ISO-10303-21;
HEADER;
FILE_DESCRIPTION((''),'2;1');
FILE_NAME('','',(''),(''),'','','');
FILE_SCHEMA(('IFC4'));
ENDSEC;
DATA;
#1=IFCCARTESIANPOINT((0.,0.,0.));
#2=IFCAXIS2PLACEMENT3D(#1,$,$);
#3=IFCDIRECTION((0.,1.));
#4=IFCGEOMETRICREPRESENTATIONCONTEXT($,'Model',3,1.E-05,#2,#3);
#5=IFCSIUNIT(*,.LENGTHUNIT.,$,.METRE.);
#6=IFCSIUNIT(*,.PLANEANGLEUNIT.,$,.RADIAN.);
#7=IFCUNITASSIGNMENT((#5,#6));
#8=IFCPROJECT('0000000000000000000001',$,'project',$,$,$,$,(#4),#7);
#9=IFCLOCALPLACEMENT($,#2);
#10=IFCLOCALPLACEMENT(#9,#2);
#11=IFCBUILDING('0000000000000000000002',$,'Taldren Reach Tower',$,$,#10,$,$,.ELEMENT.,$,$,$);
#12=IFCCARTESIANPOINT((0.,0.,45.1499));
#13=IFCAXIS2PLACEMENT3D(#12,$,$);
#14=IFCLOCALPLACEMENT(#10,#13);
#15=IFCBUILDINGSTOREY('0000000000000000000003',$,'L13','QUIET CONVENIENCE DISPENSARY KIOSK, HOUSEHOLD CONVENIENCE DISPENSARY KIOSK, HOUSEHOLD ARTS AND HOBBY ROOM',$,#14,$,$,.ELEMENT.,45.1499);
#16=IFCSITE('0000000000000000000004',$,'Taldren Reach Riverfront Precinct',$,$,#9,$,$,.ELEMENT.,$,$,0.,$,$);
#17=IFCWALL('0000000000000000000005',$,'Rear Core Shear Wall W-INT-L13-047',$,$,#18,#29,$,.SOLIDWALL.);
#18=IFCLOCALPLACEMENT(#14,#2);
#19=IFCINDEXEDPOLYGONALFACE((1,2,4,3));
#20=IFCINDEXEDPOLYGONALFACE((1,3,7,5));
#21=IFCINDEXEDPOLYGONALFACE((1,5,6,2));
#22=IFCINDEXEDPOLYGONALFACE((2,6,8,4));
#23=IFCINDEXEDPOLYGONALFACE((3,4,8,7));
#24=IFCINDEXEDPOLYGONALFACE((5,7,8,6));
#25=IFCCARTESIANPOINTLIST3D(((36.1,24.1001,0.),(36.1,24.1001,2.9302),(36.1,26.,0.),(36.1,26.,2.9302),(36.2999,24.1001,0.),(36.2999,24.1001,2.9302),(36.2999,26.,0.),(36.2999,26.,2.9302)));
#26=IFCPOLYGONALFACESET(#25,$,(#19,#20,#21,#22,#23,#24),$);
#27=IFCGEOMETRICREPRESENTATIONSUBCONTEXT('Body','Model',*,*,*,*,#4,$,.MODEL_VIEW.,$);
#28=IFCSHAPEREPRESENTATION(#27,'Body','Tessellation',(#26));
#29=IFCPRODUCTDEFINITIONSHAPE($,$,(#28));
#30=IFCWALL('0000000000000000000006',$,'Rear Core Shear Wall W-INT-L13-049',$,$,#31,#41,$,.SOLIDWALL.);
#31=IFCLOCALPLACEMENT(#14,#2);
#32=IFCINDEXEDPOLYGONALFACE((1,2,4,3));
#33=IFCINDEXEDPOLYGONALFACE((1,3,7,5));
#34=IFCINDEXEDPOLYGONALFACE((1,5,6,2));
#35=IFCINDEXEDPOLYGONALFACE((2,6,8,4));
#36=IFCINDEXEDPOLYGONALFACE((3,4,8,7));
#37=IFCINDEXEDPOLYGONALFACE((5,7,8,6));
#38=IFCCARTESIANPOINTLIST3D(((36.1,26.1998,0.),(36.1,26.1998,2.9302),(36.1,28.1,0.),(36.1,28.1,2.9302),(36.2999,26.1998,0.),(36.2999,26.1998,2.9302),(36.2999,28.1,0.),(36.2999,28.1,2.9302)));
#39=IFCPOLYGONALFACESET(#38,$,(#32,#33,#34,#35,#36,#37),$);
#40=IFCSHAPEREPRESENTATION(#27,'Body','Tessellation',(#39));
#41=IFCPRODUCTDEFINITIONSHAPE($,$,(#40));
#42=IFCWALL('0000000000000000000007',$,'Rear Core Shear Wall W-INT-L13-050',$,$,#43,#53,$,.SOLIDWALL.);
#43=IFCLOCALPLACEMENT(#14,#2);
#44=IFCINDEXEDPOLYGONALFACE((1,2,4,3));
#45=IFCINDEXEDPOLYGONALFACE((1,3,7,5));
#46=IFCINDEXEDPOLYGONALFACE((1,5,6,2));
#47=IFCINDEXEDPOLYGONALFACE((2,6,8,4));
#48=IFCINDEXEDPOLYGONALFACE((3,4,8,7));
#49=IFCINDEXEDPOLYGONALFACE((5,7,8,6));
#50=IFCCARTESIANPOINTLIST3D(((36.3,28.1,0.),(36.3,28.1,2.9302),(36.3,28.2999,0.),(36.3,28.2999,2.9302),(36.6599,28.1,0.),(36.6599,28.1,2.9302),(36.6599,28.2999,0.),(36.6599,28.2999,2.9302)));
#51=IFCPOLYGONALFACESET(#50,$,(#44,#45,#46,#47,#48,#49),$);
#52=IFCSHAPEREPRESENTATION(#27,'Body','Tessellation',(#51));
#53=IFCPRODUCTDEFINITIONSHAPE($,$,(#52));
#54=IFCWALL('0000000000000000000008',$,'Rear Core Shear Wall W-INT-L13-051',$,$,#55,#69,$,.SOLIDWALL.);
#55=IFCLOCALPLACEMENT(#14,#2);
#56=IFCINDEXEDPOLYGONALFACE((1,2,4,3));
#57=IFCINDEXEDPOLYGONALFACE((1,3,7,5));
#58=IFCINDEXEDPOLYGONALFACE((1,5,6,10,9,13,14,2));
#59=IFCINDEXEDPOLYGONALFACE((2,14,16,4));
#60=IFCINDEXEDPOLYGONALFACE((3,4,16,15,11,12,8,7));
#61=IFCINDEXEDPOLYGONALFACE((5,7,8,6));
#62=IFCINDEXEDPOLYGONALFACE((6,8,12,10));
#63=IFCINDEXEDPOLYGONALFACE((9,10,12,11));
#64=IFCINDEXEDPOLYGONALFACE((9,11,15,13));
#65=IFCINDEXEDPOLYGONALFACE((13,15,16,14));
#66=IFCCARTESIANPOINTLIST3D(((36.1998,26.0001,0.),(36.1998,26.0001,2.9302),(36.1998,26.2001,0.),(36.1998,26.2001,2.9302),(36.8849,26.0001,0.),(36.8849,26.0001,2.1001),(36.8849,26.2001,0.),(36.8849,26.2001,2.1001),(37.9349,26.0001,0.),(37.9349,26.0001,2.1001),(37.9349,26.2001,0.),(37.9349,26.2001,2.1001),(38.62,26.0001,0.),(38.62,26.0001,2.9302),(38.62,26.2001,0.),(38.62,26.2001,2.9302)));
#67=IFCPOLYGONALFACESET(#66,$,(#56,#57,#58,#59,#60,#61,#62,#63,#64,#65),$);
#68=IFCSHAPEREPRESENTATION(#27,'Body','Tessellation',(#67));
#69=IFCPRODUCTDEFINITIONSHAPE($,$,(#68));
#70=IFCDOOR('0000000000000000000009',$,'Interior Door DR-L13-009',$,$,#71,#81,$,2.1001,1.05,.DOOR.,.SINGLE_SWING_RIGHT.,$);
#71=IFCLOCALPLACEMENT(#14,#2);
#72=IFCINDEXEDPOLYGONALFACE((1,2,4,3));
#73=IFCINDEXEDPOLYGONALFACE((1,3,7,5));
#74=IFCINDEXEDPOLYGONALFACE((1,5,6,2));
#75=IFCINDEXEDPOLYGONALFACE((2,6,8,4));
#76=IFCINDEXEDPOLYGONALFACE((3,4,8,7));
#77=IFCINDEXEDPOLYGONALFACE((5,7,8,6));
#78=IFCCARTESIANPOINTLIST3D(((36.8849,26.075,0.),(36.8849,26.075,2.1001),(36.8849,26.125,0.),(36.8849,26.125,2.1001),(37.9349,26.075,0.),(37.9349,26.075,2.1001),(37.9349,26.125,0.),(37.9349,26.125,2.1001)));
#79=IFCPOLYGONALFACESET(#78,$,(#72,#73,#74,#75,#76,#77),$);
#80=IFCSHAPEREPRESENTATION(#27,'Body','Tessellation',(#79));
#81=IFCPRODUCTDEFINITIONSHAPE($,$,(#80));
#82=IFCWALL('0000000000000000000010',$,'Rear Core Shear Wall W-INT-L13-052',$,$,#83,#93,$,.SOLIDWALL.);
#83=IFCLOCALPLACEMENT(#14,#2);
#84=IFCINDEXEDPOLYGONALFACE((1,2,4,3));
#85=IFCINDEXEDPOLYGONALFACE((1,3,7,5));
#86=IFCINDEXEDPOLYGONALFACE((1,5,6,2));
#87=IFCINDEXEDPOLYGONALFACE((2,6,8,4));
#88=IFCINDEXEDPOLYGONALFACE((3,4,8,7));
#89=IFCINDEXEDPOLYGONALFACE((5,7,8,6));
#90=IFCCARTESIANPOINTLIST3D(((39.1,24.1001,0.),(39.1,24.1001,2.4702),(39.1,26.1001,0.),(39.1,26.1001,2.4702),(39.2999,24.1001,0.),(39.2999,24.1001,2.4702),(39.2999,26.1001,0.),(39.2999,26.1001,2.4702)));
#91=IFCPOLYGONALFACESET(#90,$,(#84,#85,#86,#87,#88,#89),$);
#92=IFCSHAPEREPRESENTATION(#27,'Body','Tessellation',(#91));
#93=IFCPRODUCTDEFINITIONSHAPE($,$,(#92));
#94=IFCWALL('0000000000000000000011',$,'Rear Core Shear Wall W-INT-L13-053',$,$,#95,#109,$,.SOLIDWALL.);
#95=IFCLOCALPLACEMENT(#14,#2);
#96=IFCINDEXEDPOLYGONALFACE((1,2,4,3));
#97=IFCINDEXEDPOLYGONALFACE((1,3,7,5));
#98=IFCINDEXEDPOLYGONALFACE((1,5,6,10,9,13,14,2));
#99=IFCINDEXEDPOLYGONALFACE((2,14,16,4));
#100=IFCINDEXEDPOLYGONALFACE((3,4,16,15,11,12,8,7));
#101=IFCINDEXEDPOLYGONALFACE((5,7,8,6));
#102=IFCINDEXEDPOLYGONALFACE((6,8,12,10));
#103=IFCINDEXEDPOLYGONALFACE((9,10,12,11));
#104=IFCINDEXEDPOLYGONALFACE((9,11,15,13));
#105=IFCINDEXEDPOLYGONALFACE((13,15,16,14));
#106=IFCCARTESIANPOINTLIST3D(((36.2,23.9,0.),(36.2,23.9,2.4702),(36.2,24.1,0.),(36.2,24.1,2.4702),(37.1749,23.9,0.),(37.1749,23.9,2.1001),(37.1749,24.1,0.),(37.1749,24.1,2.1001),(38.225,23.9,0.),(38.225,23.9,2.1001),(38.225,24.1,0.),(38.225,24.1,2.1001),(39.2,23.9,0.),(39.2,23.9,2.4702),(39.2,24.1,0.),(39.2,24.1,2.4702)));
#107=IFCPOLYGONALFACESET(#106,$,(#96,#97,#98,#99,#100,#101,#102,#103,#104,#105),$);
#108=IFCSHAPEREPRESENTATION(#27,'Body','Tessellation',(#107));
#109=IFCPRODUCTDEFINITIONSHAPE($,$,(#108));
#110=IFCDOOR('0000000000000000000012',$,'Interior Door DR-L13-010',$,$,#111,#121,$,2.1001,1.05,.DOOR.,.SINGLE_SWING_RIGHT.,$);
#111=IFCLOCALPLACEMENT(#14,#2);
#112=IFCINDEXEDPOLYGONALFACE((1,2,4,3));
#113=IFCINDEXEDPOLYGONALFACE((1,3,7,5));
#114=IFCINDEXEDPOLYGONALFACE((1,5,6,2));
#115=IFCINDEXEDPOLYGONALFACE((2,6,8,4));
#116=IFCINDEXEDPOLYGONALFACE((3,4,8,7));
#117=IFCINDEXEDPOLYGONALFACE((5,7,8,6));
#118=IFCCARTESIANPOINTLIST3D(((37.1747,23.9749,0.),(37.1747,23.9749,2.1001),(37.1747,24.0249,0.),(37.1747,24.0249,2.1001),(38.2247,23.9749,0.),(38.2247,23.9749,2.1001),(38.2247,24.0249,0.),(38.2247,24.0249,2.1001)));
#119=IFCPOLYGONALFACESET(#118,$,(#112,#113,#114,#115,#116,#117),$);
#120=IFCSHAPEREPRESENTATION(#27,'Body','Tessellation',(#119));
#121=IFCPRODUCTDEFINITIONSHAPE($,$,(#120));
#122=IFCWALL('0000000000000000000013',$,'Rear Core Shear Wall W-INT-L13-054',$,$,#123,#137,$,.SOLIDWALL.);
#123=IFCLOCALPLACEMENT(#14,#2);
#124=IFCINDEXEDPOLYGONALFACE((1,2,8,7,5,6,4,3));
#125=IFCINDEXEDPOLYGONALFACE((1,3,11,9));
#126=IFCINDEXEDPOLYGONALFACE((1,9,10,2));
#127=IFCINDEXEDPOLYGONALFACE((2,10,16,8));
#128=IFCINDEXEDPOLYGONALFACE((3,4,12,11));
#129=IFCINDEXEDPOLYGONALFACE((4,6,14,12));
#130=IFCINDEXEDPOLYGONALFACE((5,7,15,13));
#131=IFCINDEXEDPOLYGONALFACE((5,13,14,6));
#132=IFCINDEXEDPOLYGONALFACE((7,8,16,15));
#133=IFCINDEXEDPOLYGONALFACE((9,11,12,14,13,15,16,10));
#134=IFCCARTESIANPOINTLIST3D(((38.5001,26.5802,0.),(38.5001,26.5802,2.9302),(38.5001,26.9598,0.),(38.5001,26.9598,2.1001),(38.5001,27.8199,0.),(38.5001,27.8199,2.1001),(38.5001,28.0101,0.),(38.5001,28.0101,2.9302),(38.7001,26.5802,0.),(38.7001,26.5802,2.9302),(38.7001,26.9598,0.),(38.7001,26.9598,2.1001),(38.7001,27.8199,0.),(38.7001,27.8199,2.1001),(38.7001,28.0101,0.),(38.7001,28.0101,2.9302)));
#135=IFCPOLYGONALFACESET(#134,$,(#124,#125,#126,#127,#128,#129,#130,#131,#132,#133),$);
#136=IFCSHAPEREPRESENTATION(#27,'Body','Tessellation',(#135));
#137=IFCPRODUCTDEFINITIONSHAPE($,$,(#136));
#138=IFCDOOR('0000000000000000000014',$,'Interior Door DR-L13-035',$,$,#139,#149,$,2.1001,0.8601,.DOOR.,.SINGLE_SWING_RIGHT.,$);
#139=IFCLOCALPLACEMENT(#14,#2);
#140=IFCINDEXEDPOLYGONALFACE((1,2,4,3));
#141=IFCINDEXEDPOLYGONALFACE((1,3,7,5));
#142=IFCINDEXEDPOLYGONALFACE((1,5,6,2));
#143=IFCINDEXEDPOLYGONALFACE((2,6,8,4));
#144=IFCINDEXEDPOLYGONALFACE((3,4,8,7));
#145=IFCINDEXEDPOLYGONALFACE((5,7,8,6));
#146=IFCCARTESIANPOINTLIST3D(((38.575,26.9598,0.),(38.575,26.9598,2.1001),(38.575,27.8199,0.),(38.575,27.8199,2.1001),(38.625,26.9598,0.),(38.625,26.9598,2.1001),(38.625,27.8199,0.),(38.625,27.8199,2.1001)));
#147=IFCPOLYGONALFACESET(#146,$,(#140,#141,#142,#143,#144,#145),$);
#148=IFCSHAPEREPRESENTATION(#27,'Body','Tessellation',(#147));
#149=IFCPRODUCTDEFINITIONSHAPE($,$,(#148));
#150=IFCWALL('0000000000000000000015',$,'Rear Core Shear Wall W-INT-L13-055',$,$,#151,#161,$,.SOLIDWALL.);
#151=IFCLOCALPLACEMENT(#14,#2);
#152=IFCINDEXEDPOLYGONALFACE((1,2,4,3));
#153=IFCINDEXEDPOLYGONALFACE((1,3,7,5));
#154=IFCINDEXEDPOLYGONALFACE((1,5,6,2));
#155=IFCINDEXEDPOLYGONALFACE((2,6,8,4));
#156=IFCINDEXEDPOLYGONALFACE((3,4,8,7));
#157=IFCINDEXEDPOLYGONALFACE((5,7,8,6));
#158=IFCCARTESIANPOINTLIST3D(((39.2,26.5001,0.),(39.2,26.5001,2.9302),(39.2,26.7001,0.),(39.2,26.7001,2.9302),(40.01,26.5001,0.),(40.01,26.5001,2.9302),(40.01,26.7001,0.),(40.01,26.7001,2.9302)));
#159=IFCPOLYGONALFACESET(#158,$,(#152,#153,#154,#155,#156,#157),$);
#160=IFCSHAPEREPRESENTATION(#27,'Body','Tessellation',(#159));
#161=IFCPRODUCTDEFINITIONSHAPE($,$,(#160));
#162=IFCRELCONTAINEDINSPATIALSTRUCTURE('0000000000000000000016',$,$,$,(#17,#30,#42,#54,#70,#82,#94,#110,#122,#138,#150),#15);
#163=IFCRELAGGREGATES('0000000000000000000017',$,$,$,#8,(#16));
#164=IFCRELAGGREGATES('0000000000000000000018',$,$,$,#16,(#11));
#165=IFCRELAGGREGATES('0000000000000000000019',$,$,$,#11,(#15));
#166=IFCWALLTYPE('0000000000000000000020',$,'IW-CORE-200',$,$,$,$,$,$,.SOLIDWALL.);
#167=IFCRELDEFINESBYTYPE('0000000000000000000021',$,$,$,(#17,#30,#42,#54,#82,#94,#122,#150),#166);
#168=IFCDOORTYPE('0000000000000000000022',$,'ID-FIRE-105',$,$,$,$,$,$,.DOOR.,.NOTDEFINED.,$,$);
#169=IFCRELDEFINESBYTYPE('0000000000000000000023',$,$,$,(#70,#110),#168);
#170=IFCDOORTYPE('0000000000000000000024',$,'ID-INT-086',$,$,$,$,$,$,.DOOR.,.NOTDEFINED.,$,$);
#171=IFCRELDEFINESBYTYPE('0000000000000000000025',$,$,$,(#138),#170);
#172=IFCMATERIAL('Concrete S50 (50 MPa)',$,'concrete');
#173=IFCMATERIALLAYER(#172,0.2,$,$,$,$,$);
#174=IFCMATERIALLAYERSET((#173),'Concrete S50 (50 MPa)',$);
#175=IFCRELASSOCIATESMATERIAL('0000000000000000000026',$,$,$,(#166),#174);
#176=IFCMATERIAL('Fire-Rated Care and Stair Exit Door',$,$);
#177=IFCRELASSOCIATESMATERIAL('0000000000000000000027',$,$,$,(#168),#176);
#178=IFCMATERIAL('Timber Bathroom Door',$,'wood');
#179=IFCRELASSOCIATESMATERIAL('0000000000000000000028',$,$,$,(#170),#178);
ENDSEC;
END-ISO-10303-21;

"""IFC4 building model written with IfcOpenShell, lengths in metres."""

from ifc_helpers import new_model, si_unit, direction, frame, frame_2d, origin, place, context, subcontext, project, spatial, rectangle, extrude, source, transform, mapped, material, layer, layer_set, type_object, element, fill, save


model = new_model("IFC4")

# Units and contexts
model_context = context("Model", 3, precision=1e-05, world=origin(), true_north=direction((0.0, 1.0)))
body_context = subcontext(model_context, "Body", "Model", "MODEL_VIEW")
ifc_project = project(units=[si_unit("LENGTHUNIT", "METRE"), si_unit("PLANEANGLEUNIT", "RADIAN")], contexts=[model_context])

# Site, building, storey
site_placement = place(None, origin())
site = spatial("IfcSite", under=ifc_project, at=site_placement, Name="Taldren Reach Riverfront Precinct", CompositionType="ELEMENT", RefElevation=0.0)
building_placement = place(site_placement, origin())
building = spatial("IfcBuilding", under=site, at=building_placement, Name="Taldren Reach Tower", CompositionType="ELEMENT")
storey_placement = place(building_placement, frame((0.0, 0.0, 45.1499)))
storey = spatial("IfcBuildingStorey", under=building, at=storey_placement, Name="L13", Description="QUIET CONVENIENCE DISPENSARY KIOSK, HOUSEHOLD CONVENIENCE DISPENSARY KIOSK, HOUSEHOLD ARTS AND HOBBY ROOM", CompositionType="ELEMENT", Elevation=45.1499)

# Walls
ifc_material_1 = material(Name="Concrete S50 (50 MPa)", Category="concrete")
ifc_layer_1 = layer(ifc_material_1, 0.2)
ifc_layer_set_1 = layer_set([ifc_layer_1], Name="Concrete S50 (50 MPa)")
wall_type_1 = type_object("IfcWallType", Name="IW-CORE-200", PredefinedType="SOLIDWALL", material=ifc_layer_set_1)
shared_shape_1 = source(origin(), body_context, "Body", "SweptSolid", [
    extrude(rectangle(XDim=1.8999, YDim=0.2, at=frame_2d((0.95, 0.0))), origin(), (0.0, 0.0, 1.0), 2.9302),
])
wall_1_placement = place(storey_placement, frame((36.2, 26.0, 0.0), z_axis=(0.0, 0.0, 1.0), x_axis=(0.0, -1.0, 0.0)))
element("IfcWall", 1, at=wall_1_placement, inside=storey, type_object=wall_type_1, Name="Rear Core Shear Wall W-INT-L13-047", PredefinedType="SOLIDWALL", context=body_context, shape_type="MappedRepresentation", body=[
    mapped(shared_shape_1, transform((0.0, 0.0, 0.0), scale=1.0)),
])
shared_shape_2 = source(origin(), body_context, "Body", "SweptSolid", [
    extrude(rectangle(XDim=1.9001, YDim=0.2, at=frame_2d((0.9502, 0.0))), origin(), (0.0, 0.0, 1.0), 2.9302),
])
wall_2_placement = place(storey_placement, frame((36.2, 28.1001, 0.0), z_axis=(0.0, 0.0, 1.0), x_axis=(0.0, -1.0, 0.0)))
element("IfcWall", 2, at=wall_2_placement, inside=storey, type_object=wall_type_1, Name="Rear Core Shear Wall W-INT-L13-049", PredefinedType="SOLIDWALL", context=body_context, shape_type="MappedRepresentation", body=[
    mapped(shared_shape_2, transform((0.0, 0.0, 0.0), scale=1.0)),
])
shared_shape_3 = source(origin(), body_context, "Body", "SweptSolid", [
    extrude(rectangle(XDim=0.3599, YDim=0.2, at=frame_2d((0.1799, 0.0))), origin(), (0.0, 0.0, 1.0), 2.9302),
])
wall_3_placement = place(storey_placement, frame((36.6599, 28.2, 0.0), z_axis=(0.0, 0.0, 1.0), x_axis=(-1.0, 0.0, 0.0)))
element("IfcWall", 3, at=wall_3_placement, inside=storey, type_object=wall_type_1, Name="Rear Core Shear Wall W-INT-L13-050", PredefinedType="SOLIDWALL", context=body_context, shape_type="MappedRepresentation", body=[
    mapped(shared_shape_3, transform((0.0, 0.0, 0.0), scale=1.0)),
])

# Wall, opening, door
shared_shape_4 = source(origin(), body_context, "Body", "SweptSolid", [
    extrude(rectangle(XDim=2.4202, YDim=0.2, at=frame_2d((1.21, 0.0))), origin(), (0.0, 0.0, 1.0), 2.9302),
])
wall_4_placement = place(storey_placement, frame((36.2, 26.1001, 0.0), z_axis=(0.0, 0.0, 1.0), x_axis=(1.0, 0.0, 0.0)))
wall_4 = element("IfcWall", 4, at=wall_4_placement, inside=storey, type_object=wall_type_1, Name="Rear Core Shear Wall W-INT-L13-051", PredefinedType="SOLIDWALL", context=body_context, shape_type="MappedRepresentation", body=[
    mapped(shared_shape_4, transform((0.0, 0.0, 0.0), scale=1.0)),
])
shared_shape_5 = source(origin(), body_context, "Body", "SweptSolid", [
    extrude(rectangle(XDim=1.05, YDim=2.1001, at=frame_2d((0.5249, 1.05))), frame((0.0, 0.1099, 0.0), z_axis=(0.0, -1.0, 0.0), x_axis=(1.0, 0.0, 0.0)), (0.0, 0.0, 1.0), 0.22),
])
opening_1_placement = place(wall_4_placement, frame((0.6851, 0.0, 0.0)))
opening_1 = element("IfcOpeningElement", 5, at=opening_1_placement, cuts=wall_4, PredefinedType="OPENING", context=body_context, shape_type="MappedRepresentation", body=[
    mapped(shared_shape_5, transform((0.0, 0.0, 0.0), scale=1.0)),
])
ifc_material_2 = material(Name="Fire-Rated Care and Stair Exit Door")
door_type_1 = type_object("IfcDoorType", Name="ID-FIRE-105", OperationType="NOTDEFINED", PredefinedType="DOOR", material=ifc_material_2)
shared_shape_6 = source(origin(), body_context, "Body", "SweptSolid", [
    extrude(rectangle(XDim=1.05, YDim=2.1001, at=frame_2d((0.5249, 1.05))), frame((0.0, 0.0249, 0.0), z_axis=(0.0, -1.0, 0.0), x_axis=(1.0, 0.0, 0.0)), (0.0, 0.0, 1.0), 0.05),
])
door_1_placement = place(opening_1_placement, origin())
door_1 = element("IfcDoor", 6, at=door_1_placement, inside=storey, type_object=door_type_1, Name="Interior Door DR-L13-009", OperationType="SINGLE_SWING_RIGHT", OverallHeight=2.1001, OverallWidth=1.05, PredefinedType="DOOR", context=body_context, shape_type="MappedRepresentation", body=[
    mapped(shared_shape_6, transform((0.0, 0.0, 0.0), scale=1.0)),
])
fill(opening_1, door_1)

# Wall
shared_shape_7 = source(origin(), body_context, "Body", "SweptSolid", [
    extrude(rectangle(XDim=2.0, YDim=0.2, at=frame_2d((1.0, 0.0))), origin(), (0.0, 0.0, 1.0), 2.4702),
])
wall_5_placement = place(storey_placement, frame((39.2, 26.1001, 0.0), z_axis=(0.0, 0.0, 1.0), x_axis=(0.0, -1.0, 0.0)))
element("IfcWall", 7, at=wall_5_placement, inside=storey, type_object=wall_type_1, Name="Rear Core Shear Wall W-INT-L13-052", PredefinedType="SOLIDWALL", context=body_context, shape_type="MappedRepresentation", body=[
    mapped(shared_shape_7, transform((0.0, 0.0, 0.0), scale=1.0)),
])

# Walls, openings, doors
shared_shape_8 = source(origin(), body_context, "Body", "SweptSolid", [
    extrude(rectangle(XDim=3.0, YDim=0.2, at=frame_2d((1.5, 0.0))), origin(), (0.0, 0.0, 1.0), 2.4702),
])
wall_6_placement = place(storey_placement, frame((39.2, 24.0, 0.0), z_axis=(0.0, 0.0, 1.0), x_axis=(-1.0, 0.0, 0.0)))
wall_6 = element("IfcWall", 8, at=wall_6_placement, inside=storey, type_object=wall_type_1, Name="Rear Core Shear Wall W-INT-L13-053", PredefinedType="SOLIDWALL", context=body_context, shape_type="MappedRepresentation", body=[
    mapped(shared_shape_8, transform((0.0, 0.0, 0.0), scale=1.0)),
])
opening_2_placement = place(wall_6_placement, frame((0.9751, 0.0, 0.0)))
opening_2 = element("IfcOpeningElement", 9, at=opening_2_placement, cuts=wall_6, PredefinedType="OPENING", context=body_context, shape_type="MappedRepresentation", body=[
    mapped(shared_shape_5, transform((0.0, 0.0, 0.0), scale=1.0)),
])
door_2_placement = place(opening_2_placement, frame((1.05, 0.0, 0.0), z_axis=(0.0, 0.0, 1.0), x_axis=(-1.0, 0.0, 0.0)))
door_2 = element("IfcDoor", 10, at=door_2_placement, inside=storey, type_object=door_type_1, Name="Interior Door DR-L13-010", OperationType="SINGLE_SWING_RIGHT", OverallHeight=2.1001, OverallWidth=1.05, PredefinedType="DOOR", context=body_context, shape_type="MappedRepresentation", body=[
    mapped(shared_shape_6, transform((0.0, 0.0, 0.0), scale=1.0)),
])
fill(opening_2, door_2)
shared_shape_9 = source(origin(), body_context, "Body", "SweptSolid", [
    extrude(rectangle(XDim=1.4299, YDim=0.2, at=frame_2d((0.7148, 0.0))), origin(), (0.0, 0.0, 1.0), 2.9302),
])
wall_7_placement = place(storey_placement, frame((38.6001, 28.01, 0.0), z_axis=(0.0, 0.0, 1.0), x_axis=(0.0, -1.0, 0.0)))
wall_7 = element("IfcWall", 11, at=wall_7_placement, inside=storey, type_object=wall_type_1, Name="Rear Core Shear Wall W-INT-L13-054", PredefinedType="SOLIDWALL", context=body_context, shape_type="MappedRepresentation", body=[
    mapped(shared_shape_9, transform((0.0, 0.0, 0.0), scale=1.0)),
])
shared_shape_10 = source(origin(), body_context, "Body", "SweptSolid", [
    extrude(rectangle(XDim=0.8601, YDim=2.1001, at=frame_2d((0.4302, 1.05))), frame((0.0, 0.1099, 0.0), z_axis=(0.0, -1.0, 0.0), x_axis=(1.0, 0.0, 0.0)), (0.0, 0.0, 1.0), 0.22),
])
opening_3_placement = place(wall_7_placement, frame((0.1899, 0.0, 0.0)))
opening_3 = element("IfcOpeningElement", 12, at=opening_3_placement, cuts=wall_7, PredefinedType="OPENING", context=body_context, shape_type="MappedRepresentation", body=[
    mapped(shared_shape_10, transform((0.0, 0.0, 0.0), scale=1.0)),
])
ifc_material_3 = material(Name="Timber Bathroom Door", Category="wood")
door_type_2 = type_object("IfcDoorType", Name="ID-INT-086", OperationType="NOTDEFINED", PredefinedType="DOOR", material=ifc_material_3)
shared_shape_11 = source(origin(), body_context, "Body", "SweptSolid", [
    extrude(rectangle(XDim=0.8601, YDim=2.1001, at=frame_2d((0.4302, 1.05))), frame((0.0, 0.0249, 0.0), z_axis=(0.0, -1.0, 0.0), x_axis=(1.0, 0.0, 0.0)), (0.0, 0.0, 1.0), 0.05),
])
door_3_placement = place(opening_3_placement, origin())
door_3 = element("IfcDoor", 13, at=door_3_placement, inside=storey, type_object=door_type_2, Name="Interior Door DR-L13-035", OperationType="SINGLE_SWING_RIGHT", OverallHeight=2.1001, OverallWidth=0.8601, PredefinedType="DOOR", context=body_context, shape_type="MappedRepresentation", body=[
    mapped(shared_shape_11, transform((0.0, 0.0, 0.0), scale=1.0)),
])
fill(opening_3, door_3)

# Wall
shared_shape_12 = source(origin(), body_context, "Body", "SweptSolid", [
    extrude(rectangle(XDim=0.8101, YDim=0.2, at=frame_2d((0.405, 0.0))), origin(), (0.0, 0.0, 1.0), 2.9302),
])
wall_8_placement = place(storey_placement, frame((39.2, 26.6001, 0.0), z_axis=(0.0, 0.0, 1.0), x_axis=(1.0, 0.0, 0.0)))
element("IfcWall", 14, at=wall_8_placement, inside=storey, type_object=wall_type_1, Name="Rear Core Shear Wall W-INT-L13-055", PredefinedType="SOLIDWALL", context=body_context, shape_type="MappedRepresentation", body=[
    mapped(shared_shape_12, transform((0.0, 0.0, 0.0), scale=1.0)),
])

save(model, "model.ifc")
